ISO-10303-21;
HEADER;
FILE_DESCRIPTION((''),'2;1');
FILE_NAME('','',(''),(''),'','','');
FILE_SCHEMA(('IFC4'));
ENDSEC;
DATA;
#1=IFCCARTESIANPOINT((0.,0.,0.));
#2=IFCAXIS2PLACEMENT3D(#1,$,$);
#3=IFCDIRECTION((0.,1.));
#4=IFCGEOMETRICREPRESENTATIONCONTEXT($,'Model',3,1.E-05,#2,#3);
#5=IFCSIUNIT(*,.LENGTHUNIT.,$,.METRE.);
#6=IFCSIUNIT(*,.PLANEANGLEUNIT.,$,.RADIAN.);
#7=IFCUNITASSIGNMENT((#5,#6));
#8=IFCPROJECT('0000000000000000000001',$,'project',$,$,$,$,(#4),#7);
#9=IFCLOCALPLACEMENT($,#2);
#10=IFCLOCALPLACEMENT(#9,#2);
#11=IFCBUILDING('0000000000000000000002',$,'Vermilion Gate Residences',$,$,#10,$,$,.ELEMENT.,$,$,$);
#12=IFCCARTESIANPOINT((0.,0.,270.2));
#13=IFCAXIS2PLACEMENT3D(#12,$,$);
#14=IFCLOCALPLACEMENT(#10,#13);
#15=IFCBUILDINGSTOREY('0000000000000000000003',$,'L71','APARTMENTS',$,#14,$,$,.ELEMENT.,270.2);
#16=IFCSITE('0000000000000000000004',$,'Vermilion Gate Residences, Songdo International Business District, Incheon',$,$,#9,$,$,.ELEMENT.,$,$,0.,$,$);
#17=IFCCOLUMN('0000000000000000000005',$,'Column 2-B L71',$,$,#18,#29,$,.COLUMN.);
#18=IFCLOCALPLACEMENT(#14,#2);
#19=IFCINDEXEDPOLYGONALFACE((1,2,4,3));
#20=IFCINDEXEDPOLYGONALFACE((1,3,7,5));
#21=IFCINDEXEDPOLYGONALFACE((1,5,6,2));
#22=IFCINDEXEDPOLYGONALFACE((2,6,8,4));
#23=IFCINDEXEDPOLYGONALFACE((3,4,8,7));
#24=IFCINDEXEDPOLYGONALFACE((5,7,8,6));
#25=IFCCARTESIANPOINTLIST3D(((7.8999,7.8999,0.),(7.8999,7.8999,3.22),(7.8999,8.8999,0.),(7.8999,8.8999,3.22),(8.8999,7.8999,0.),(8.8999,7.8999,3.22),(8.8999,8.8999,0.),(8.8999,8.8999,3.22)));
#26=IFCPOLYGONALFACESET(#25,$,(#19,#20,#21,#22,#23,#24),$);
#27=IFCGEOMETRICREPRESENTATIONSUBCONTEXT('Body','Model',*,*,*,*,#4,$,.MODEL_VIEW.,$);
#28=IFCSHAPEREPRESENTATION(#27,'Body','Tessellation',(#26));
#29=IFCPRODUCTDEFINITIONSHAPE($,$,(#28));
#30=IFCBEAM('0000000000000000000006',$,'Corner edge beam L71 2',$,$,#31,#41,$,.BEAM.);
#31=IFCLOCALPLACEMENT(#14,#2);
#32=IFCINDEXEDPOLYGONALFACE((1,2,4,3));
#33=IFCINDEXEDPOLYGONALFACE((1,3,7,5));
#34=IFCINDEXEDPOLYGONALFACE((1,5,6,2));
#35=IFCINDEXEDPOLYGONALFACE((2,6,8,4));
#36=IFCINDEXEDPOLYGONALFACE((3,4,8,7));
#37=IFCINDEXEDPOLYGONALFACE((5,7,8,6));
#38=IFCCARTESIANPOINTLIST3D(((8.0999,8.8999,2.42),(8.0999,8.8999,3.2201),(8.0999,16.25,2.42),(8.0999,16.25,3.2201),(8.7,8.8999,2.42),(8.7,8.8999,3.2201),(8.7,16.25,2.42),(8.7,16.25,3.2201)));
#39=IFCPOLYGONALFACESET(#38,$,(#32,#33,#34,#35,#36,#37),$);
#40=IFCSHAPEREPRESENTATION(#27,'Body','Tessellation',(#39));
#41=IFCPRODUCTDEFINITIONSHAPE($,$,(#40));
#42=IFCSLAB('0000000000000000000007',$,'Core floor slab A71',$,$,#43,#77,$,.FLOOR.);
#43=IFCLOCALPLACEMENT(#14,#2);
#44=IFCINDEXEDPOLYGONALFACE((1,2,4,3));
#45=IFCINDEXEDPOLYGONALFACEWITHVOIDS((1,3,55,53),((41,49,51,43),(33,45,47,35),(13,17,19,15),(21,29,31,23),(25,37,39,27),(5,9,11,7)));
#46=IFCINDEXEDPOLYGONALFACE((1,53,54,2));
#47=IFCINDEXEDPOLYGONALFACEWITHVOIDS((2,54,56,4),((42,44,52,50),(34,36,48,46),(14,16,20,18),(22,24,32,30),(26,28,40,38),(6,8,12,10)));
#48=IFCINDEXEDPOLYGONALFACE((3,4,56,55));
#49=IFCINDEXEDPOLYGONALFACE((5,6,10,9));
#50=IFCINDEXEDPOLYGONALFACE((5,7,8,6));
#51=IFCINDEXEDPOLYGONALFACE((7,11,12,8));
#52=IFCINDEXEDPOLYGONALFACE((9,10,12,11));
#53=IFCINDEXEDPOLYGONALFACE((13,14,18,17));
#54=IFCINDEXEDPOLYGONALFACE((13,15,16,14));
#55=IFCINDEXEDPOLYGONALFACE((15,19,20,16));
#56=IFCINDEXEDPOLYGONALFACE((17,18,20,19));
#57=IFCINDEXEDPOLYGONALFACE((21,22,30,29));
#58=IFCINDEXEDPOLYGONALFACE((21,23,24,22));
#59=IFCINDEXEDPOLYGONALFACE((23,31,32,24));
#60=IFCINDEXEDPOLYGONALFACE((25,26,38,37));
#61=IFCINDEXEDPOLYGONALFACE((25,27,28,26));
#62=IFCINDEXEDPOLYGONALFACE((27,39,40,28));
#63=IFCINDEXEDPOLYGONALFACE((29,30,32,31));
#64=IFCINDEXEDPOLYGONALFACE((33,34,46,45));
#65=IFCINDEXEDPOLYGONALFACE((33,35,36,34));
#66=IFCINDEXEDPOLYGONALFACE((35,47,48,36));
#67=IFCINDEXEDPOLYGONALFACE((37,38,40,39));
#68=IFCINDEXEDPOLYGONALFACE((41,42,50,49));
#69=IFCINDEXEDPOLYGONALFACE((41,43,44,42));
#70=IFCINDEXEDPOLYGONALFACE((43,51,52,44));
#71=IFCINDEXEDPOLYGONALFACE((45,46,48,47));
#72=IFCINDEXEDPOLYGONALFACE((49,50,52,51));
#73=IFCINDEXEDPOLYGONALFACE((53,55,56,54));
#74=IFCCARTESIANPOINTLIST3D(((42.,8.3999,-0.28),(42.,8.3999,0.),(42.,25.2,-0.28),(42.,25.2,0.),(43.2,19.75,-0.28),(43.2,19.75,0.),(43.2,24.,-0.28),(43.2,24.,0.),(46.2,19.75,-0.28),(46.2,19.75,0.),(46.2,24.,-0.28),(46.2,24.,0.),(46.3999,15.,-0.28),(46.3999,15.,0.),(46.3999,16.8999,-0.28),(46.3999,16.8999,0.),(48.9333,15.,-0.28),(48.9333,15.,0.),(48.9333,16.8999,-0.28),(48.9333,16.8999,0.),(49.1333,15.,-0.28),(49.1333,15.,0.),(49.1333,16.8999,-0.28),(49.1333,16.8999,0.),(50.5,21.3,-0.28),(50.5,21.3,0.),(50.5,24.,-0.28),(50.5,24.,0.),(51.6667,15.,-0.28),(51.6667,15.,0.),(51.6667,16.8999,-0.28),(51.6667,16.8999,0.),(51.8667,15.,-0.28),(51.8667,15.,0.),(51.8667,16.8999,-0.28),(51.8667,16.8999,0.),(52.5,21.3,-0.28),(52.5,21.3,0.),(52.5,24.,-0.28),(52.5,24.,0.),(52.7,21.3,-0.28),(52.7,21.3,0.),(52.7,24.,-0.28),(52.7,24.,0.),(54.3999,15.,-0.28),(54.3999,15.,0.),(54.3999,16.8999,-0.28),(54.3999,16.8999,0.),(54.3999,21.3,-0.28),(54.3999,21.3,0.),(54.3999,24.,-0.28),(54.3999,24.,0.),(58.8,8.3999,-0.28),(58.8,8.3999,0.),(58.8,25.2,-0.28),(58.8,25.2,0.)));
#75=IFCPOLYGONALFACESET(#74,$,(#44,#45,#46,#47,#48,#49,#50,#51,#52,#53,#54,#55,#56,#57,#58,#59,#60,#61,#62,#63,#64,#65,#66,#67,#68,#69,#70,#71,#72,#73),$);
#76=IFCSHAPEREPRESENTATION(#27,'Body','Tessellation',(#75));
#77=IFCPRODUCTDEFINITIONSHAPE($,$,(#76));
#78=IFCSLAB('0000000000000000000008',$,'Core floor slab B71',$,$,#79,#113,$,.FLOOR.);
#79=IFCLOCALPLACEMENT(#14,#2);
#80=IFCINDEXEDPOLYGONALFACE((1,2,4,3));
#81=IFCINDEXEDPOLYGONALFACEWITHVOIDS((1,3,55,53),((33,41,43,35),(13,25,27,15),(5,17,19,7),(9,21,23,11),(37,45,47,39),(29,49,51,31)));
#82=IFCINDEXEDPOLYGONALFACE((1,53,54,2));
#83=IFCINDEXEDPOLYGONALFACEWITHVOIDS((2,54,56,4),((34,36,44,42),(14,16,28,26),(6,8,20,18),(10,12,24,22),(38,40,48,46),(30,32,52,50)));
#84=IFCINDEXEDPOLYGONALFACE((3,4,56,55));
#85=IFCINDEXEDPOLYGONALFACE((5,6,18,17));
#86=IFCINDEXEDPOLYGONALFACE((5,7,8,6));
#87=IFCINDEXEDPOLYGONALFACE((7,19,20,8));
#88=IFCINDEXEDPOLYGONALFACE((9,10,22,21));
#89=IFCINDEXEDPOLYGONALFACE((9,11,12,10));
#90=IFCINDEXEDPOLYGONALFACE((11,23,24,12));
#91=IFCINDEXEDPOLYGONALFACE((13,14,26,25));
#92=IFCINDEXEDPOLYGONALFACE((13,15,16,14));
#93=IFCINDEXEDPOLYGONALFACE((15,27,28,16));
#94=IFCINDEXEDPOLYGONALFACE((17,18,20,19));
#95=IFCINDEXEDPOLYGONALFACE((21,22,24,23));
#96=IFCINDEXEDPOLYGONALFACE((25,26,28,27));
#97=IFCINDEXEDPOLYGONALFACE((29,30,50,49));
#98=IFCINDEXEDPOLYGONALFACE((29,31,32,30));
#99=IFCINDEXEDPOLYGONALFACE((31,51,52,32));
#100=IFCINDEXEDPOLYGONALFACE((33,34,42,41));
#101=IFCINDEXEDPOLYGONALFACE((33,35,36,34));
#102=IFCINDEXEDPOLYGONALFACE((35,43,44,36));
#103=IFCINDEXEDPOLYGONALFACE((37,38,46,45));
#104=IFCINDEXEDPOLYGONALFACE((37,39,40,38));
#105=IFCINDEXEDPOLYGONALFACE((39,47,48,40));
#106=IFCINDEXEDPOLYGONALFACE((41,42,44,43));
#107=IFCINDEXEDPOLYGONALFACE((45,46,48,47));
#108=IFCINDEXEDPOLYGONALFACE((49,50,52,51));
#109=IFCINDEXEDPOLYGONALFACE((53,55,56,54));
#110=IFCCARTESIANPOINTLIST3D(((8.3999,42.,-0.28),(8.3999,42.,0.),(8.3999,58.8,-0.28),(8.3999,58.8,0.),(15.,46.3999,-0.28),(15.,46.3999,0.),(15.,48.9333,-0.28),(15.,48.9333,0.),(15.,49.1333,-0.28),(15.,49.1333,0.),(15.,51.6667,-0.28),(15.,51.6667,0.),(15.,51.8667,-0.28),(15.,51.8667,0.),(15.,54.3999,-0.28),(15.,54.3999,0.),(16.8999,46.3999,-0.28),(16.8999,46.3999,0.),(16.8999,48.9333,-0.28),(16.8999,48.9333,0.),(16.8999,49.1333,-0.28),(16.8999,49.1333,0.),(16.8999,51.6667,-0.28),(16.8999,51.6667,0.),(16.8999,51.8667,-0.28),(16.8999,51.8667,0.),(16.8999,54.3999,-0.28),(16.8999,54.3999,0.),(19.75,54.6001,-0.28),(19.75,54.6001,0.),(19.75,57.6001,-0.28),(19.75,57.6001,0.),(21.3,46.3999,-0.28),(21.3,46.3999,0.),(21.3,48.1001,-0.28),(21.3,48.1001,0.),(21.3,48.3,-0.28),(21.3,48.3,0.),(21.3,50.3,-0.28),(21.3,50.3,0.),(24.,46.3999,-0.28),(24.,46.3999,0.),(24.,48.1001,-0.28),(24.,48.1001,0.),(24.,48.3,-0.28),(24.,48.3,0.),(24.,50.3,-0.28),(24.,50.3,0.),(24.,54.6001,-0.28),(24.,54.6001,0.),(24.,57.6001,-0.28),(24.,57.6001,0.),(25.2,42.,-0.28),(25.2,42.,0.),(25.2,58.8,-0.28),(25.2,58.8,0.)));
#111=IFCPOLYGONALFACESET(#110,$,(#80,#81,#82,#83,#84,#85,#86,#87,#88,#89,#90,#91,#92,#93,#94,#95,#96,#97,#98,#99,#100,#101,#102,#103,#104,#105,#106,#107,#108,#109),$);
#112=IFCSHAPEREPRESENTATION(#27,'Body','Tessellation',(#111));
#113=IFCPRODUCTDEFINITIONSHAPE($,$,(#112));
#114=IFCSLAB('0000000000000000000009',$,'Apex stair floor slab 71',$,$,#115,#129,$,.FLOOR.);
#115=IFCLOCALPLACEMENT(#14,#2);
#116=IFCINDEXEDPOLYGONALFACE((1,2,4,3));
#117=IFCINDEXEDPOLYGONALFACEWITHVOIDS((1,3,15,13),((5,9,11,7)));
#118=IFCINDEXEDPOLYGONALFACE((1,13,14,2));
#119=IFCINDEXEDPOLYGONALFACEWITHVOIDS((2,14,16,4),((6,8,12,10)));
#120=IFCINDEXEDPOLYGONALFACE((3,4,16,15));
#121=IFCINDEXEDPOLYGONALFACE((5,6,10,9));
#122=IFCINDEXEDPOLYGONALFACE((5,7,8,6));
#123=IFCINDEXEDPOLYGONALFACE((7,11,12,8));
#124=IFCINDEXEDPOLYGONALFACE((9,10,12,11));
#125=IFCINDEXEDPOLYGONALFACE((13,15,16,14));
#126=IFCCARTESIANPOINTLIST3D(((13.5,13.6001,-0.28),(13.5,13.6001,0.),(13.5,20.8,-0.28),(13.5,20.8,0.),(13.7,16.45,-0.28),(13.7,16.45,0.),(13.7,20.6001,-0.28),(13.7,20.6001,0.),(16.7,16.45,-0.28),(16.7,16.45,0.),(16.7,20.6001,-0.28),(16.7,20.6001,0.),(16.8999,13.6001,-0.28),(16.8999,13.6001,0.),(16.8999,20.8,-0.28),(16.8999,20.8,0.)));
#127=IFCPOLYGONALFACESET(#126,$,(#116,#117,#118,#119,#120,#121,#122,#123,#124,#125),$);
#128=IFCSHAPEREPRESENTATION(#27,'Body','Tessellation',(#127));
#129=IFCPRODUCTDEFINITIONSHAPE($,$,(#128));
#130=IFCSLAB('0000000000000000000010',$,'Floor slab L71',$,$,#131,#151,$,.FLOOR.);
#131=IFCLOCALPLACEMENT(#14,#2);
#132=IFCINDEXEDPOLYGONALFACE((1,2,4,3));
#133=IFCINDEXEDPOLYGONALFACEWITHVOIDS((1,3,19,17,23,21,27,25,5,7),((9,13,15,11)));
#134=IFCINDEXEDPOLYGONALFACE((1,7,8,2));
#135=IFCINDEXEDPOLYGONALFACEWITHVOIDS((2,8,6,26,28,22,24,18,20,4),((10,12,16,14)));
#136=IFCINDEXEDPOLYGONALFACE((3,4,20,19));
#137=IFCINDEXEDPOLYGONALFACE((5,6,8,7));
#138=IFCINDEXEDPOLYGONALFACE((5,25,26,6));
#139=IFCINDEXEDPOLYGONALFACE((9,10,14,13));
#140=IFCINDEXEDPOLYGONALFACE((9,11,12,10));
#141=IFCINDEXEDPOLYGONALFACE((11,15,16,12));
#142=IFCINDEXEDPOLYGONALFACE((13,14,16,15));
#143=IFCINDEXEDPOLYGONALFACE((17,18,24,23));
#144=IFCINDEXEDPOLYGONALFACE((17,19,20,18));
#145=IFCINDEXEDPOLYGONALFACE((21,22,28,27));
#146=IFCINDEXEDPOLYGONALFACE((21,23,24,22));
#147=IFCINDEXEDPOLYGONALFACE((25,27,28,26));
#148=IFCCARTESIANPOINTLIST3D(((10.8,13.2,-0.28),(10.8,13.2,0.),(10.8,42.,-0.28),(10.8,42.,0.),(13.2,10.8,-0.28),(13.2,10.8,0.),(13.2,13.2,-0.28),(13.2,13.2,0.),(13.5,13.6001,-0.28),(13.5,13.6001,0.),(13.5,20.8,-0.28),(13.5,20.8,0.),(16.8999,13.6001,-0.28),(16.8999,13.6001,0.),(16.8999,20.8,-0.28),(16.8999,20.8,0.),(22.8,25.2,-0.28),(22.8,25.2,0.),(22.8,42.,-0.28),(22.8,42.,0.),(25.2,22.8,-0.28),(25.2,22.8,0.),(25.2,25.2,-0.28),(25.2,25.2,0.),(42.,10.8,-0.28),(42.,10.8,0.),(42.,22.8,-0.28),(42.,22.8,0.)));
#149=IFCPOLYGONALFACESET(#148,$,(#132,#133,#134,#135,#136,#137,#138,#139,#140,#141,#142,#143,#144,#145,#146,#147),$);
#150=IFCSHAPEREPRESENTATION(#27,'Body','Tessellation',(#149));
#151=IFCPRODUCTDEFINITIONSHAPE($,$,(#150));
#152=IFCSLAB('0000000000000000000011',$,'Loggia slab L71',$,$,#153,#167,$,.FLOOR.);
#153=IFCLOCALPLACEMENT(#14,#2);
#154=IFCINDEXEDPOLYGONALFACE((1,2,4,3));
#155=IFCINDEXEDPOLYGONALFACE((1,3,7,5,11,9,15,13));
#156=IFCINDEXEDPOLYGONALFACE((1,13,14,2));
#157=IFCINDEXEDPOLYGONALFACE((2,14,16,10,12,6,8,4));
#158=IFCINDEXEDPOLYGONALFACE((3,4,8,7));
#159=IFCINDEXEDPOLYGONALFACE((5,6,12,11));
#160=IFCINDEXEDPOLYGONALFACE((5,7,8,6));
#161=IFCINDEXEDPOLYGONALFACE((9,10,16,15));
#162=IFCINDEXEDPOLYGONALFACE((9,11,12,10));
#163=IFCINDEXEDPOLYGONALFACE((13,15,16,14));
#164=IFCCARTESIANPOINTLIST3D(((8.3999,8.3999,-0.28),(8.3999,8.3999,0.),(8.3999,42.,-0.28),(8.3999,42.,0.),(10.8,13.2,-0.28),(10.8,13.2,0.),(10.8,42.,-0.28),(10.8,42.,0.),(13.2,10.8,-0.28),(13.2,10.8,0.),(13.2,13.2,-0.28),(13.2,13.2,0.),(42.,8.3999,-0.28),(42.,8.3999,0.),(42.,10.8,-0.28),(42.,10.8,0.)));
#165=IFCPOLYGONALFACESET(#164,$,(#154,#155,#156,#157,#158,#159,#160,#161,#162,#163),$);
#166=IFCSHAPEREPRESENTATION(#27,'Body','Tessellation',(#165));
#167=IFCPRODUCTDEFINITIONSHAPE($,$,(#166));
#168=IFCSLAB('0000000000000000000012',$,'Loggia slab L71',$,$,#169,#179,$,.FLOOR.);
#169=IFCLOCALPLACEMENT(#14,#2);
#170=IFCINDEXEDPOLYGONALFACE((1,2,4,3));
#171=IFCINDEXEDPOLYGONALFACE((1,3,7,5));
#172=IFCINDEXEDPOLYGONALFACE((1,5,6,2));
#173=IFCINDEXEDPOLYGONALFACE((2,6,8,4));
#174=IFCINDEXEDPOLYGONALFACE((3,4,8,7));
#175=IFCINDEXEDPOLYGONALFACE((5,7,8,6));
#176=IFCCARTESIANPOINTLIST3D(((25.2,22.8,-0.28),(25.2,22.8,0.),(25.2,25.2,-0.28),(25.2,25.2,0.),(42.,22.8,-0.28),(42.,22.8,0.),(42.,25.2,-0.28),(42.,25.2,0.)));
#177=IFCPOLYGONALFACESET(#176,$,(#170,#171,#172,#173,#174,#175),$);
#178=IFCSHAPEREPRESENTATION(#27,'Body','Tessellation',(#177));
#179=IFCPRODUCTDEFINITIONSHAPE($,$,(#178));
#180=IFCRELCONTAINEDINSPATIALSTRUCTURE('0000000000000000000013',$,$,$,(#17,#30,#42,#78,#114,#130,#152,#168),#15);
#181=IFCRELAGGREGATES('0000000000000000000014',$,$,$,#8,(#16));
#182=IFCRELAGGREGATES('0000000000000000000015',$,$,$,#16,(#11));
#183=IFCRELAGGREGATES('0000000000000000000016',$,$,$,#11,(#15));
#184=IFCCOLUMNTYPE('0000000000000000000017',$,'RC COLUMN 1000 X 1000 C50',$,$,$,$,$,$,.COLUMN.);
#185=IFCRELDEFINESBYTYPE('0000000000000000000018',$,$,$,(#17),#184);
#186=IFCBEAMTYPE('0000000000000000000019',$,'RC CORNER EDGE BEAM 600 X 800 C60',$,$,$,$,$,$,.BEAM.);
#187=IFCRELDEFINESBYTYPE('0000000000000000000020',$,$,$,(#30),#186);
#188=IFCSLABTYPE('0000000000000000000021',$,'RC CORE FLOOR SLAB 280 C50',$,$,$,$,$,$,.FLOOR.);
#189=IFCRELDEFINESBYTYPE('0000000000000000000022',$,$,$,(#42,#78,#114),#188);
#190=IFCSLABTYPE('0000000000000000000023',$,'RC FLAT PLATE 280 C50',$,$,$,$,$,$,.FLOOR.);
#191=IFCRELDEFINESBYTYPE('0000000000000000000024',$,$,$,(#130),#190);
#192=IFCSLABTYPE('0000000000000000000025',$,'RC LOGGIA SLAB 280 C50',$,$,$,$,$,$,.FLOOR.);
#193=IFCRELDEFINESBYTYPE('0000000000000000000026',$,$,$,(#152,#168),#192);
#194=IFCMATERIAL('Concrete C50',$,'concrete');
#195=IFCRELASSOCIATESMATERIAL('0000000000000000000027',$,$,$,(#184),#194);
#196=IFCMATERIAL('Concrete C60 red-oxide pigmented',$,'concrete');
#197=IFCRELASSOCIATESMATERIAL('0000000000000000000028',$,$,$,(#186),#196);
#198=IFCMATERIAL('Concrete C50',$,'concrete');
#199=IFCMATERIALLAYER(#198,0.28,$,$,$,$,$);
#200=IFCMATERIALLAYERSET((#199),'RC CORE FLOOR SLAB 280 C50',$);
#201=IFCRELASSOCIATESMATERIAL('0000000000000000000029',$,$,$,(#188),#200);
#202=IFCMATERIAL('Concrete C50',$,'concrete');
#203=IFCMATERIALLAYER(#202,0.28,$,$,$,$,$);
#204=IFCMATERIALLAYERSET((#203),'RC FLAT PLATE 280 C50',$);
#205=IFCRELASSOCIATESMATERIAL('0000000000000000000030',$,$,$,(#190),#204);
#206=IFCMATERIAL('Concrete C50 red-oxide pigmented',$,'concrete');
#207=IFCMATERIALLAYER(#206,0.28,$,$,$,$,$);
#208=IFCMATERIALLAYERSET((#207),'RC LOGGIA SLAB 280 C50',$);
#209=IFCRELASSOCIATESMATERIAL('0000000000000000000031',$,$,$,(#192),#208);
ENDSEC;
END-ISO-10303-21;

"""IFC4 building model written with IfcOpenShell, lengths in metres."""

from ifc_helpers import new_model, si_unit, direction, frame, origin, origin_2d, place, context, subcontext, project, spatial, polyline, rectangle, outline, extrude, material, layer, layer_set, material_profile, profile_set, type_object, element, save


model = new_model("IFC4")

# Units and contexts
model_context = context("Model", 3, precision=1e-05, world=origin(), true_north=direction((0.0, 1.0)))
body_context = subcontext(model_context, "Body", "Model", "MODEL_VIEW")
ifc_project = project(units=[si_unit("LENGTHUNIT", "METRE"), si_unit("PLANEANGLEUNIT", "RADIAN")], contexts=[model_context])

# Site, building, storey
site_placement = place(None, origin())
site = spatial("IfcSite", under=ifc_project, at=site_placement, Name="Vermilion Gate Residences, Songdo International Business District, Incheon", CompositionType="ELEMENT", RefElevation=0.0)
building_placement = place(site_placement, origin())
building = spatial("IfcBuilding", under=site, at=building_placement, Name="Vermilion Gate Residences", CompositionType="ELEMENT")
storey_placement = place(building_placement, frame((0.0, 0.0, 270.2)))
storey = spatial("IfcBuildingStorey", under=building, at=storey_placement, Name="L71", Description="APARTMENTS", CompositionType="ELEMENT", Elevation=270.2)

# Column
ifc_material_1 = material(Name="Concrete C50", Category="concrete")
ifc_material_profile_1 = material_profile(ifc_material_1, rectangle(XDim=1.0, YDim=1.0, at=origin_2d()), Name="RC-1000x1000")
ifc_profile_set_1 = profile_set([ifc_material_profile_1], Name="Concrete C50")
column_type = type_object("IfcColumnType", Name="RC COLUMN 1000 X 1000 C50", PredefinedType="COLUMN", material=ifc_profile_set_1)
column_placement = place(storey_placement, frame((8.3999, 8.3999, 0.0), z_axis=(0.0, 0.0, 1.0), x_axis=(1.0, 0.0, 0.0)))
element("IfcColumn", 1, at=column_placement, inside=storey, type_object=column_type, Name="Column 2-B L71", PredefinedType="COLUMN", context=body_context, shape_type="SweptSolid", body=[
    extrude(rectangle(XDim=1.0, YDim=1.0, at=origin_2d()), origin(), (0.0, 0.0, 1.0), 3.22),
])

# Beam
ifc_material_2 = material(Name="Concrete C60 red-oxide pigmented", Category="concrete")
ifc_material_profile_2 = material_profile(ifc_material_2, rectangle(XDim=0.6001, YDim=0.8, at=origin_2d()), Name="RC-600x800")
ifc_profile_set_2 = profile_set([ifc_material_profile_2], Name="Concrete C60 red-oxide pigmented")
beam_type = type_object("IfcBeamType", Name="RC CORNER EDGE BEAM 600 X 800 C60", PredefinedType="BEAM", material=ifc_profile_set_2)
beam_placement = place(storey_placement, frame((8.3999, 8.8999, 2.8201), z_axis=(0.0, 1.0, 0.0), x_axis=(-1.0, 0.0, 0.0)))
element("IfcBeam", 2, at=beam_placement, inside=storey, type_object=beam_type, Name="Corner edge beam L71 2", PredefinedType="BEAM", context=body_context, shape_type="SweptSolid", body=[
    extrude(rectangle(XDim=0.6001, YDim=0.8, at=origin_2d()), origin(), (0.0, 0.0, 1.0), 7.3501),
])

# Slabs
ifc_material_3 = material(Name="Concrete C50", Category="concrete")
ifc_layer_1 = layer(ifc_material_3, 0.28)
ifc_layer_set_1 = layer_set([ifc_layer_1], Name="RC CORE FLOOR SLAB 280 C50")
slab_type_1 = type_object("IfcSlabType", Name="RC CORE FLOOR SLAB 280 C50", PredefinedType="FLOOR", material=ifc_layer_set_1)
slab_1_placement = place(storey_placement, frame((0.0, 0.0, -0.28)))
element("IfcSlab", 3, at=slab_1_placement, inside=storey, type_object=slab_type_1, Name="Core floor slab A71", PredefinedType="FLOOR", context=body_context, shape_type="SweptSolid", body=[
    extrude(outline(polyline([(42.0, 8.3999), (58.8, 8.3999), (58.8, 25.2), (42.0, 25.2), (42.0, 8.3999)]), holes=[polyline([(46.3999, 15.0), (46.3999, 16.8999), (48.9333, 16.8999), (48.9333, 15.0), (46.3999, 15.0)]), polyline([(49.1333, 16.8999), (51.6667, 16.8999), (51.6667, 15.0), (49.1333, 15.0), (49.1333, 16.8999)]), polyline([(51.8667, 16.8999), (54.3999, 16.8999), (54.3999, 15.0), (51.8667, 15.0), (51.8667, 16.8999)]), polyline([(43.2, 19.75), (43.2, 24.0), (46.2, 24.0), (46.2, 19.75), (43.2, 19.75)]), polyline([(50.5, 24.0), (52.5, 24.0), (52.5, 21.3), (50.5, 21.3), (50.5, 24.0)]), polyline([(52.7, 24.0), (54.3999, 24.0), (54.3999, 21.3), (52.7, 21.3), (52.7, 24.0)])]), origin(), (0.0, 0.0, 1.0), 0.28),
])
slab_2_placement = place(storey_placement, frame((0.0, 0.0, -0.28)))
element("IfcSlab", 4, at=slab_2_placement, inside=storey, type_object=slab_type_1, Name="Core floor slab B71", PredefinedType="FLOOR", context=body_context, shape_type="SweptSolid", body=[
    extrude(outline(polyline([(8.3999, 42.0), (25.2, 42.0), (25.2, 58.8), (8.3999, 58.8), (8.3999, 42.0)]), holes=[polyline([(21.3, 46.3999), (21.3, 48.1001), (24.0, 48.1001), (24.0, 46.3999), (21.3, 46.3999)]), polyline([(15.0, 48.9333), (16.8999, 48.9333), (16.8999, 46.3999), (15.0, 46.3999), (15.0, 48.9333)]), polyline([(21.3, 50.3), (24.0, 50.3), (24.0, 48.3), (21.3, 48.3), (21.3, 50.3)]), polyline([(15.0, 49.1333), (15.0, 51.6667), (16.8999, 51.6667), (16.8999, 49.1333), (15.0, 49.1333)]), polyline([(15.0, 54.3999), (16.8999, 54.3999), (16.8999, 51.8667), (15.0, 51.8667), (15.0, 54.3999)]), polyline([(19.75, 57.6001), (24.0, 57.6001), (24.0, 54.6001), (19.75, 54.6001), (19.75, 57.6001)])]), origin(), (0.0, 0.0, 1.0), 0.28),
])
slab_3_placement = place(storey_placement, frame((0.0, 0.0, -0.28)))
element("IfcSlab", 5, at=slab_3_placement, inside=storey, type_object=slab_type_1, Name="Apex stair floor slab 71", PredefinedType="FLOOR", context=body_context, shape_type="SweptSolid", body=[
    extrude(outline(polyline([(13.5, 13.6001), (16.8999, 13.6001), (16.8999, 20.8), (13.5, 20.8), (13.5, 13.6001)]), holes=[polyline([(16.7, 20.6001), (16.7, 16.45), (13.7, 16.45), (13.7, 20.6001), (16.7, 20.6001)])]), origin(), (0.0, 0.0, 1.0), 0.28),
])
ifc_material_4 = material(Name="Concrete C50", Category="concrete")
ifc_layer_2 = layer(ifc_material_4, 0.28)
ifc_layer_set_2 = layer_set([ifc_layer_2], Name="RC FLAT PLATE 280 C50")
slab_type_2 = type_object("IfcSlabType", Name="RC FLAT PLATE 280 C50", PredefinedType="FLOOR", material=ifc_layer_set_2)
slab_4_placement = place(storey_placement, frame((0.0, 0.0, -0.28)))
element("IfcSlab", 6, at=slab_4_placement, inside=storey, type_object=slab_type_2, Name="Floor slab L71", PredefinedType="FLOOR", context=body_context, shape_type="SweptSolid", body=[
    extrude(outline(polyline([(22.8, 25.2), (22.8, 42.0), (10.8, 42.0), (10.8, 13.2), (13.2, 13.2), (13.2, 10.8), (42.0, 10.8), (42.0, 22.8), (25.2, 22.8), (25.2, 25.2), (22.8, 25.2)]), holes=[polyline([(13.5, 13.6001), (13.5, 20.8), (16.8999, 20.8), (16.8999, 13.6001), (13.5, 13.6001)])]), origin(), (0.0, 0.0, 1.0), 0.28),
])
ifc_material_5 = material(Name="Concrete C50 red-oxide pigmented", Category="concrete")
ifc_layer_3 = layer(ifc_material_5, 0.28)
ifc_layer_set_3 = layer_set([ifc_layer_3], Name="RC LOGGIA SLAB 280 C50")
slab_type_3 = type_object("IfcSlabType", Name="RC LOGGIA SLAB 280 C50", PredefinedType="FLOOR", material=ifc_layer_set_3)
slab_5_placement = place(storey_placement, frame((0.0, 0.0, -0.28)))
element("IfcSlab", 7, at=slab_5_placement, inside=storey, type_object=slab_type_3, Name="Loggia slab L71", PredefinedType="FLOOR", context=body_context, shape_type="SweptSolid", body=[
    extrude(outline(polyline([(8.3999, 8.3999), (42.0, 8.3999), (42.0, 10.8), (13.2, 10.8), (13.2, 13.2), (10.8, 13.2), (10.8, 42.0), (8.3999, 42.0), (8.3999, 8.3999)])), origin(), (0.0, 0.0, 1.0), 0.28),
])
slab_6_placement = place(storey_placement, frame((0.0, 0.0, -0.28)))
element("IfcSlab", 8, at=slab_6_placement, inside=storey, type_object=slab_type_3, Name="Loggia slab L71", PredefinedType="FLOOR", context=body_context, shape_type="SweptSolid", body=[
    extrude(outline(polyline([(25.2, 22.8), (42.0, 22.8), (42.0, 25.2), (25.2, 25.2), (25.2, 22.8)])), origin(), (0.0, 0.0, 1.0), 0.28),
])

save(model, "model.ifc")
